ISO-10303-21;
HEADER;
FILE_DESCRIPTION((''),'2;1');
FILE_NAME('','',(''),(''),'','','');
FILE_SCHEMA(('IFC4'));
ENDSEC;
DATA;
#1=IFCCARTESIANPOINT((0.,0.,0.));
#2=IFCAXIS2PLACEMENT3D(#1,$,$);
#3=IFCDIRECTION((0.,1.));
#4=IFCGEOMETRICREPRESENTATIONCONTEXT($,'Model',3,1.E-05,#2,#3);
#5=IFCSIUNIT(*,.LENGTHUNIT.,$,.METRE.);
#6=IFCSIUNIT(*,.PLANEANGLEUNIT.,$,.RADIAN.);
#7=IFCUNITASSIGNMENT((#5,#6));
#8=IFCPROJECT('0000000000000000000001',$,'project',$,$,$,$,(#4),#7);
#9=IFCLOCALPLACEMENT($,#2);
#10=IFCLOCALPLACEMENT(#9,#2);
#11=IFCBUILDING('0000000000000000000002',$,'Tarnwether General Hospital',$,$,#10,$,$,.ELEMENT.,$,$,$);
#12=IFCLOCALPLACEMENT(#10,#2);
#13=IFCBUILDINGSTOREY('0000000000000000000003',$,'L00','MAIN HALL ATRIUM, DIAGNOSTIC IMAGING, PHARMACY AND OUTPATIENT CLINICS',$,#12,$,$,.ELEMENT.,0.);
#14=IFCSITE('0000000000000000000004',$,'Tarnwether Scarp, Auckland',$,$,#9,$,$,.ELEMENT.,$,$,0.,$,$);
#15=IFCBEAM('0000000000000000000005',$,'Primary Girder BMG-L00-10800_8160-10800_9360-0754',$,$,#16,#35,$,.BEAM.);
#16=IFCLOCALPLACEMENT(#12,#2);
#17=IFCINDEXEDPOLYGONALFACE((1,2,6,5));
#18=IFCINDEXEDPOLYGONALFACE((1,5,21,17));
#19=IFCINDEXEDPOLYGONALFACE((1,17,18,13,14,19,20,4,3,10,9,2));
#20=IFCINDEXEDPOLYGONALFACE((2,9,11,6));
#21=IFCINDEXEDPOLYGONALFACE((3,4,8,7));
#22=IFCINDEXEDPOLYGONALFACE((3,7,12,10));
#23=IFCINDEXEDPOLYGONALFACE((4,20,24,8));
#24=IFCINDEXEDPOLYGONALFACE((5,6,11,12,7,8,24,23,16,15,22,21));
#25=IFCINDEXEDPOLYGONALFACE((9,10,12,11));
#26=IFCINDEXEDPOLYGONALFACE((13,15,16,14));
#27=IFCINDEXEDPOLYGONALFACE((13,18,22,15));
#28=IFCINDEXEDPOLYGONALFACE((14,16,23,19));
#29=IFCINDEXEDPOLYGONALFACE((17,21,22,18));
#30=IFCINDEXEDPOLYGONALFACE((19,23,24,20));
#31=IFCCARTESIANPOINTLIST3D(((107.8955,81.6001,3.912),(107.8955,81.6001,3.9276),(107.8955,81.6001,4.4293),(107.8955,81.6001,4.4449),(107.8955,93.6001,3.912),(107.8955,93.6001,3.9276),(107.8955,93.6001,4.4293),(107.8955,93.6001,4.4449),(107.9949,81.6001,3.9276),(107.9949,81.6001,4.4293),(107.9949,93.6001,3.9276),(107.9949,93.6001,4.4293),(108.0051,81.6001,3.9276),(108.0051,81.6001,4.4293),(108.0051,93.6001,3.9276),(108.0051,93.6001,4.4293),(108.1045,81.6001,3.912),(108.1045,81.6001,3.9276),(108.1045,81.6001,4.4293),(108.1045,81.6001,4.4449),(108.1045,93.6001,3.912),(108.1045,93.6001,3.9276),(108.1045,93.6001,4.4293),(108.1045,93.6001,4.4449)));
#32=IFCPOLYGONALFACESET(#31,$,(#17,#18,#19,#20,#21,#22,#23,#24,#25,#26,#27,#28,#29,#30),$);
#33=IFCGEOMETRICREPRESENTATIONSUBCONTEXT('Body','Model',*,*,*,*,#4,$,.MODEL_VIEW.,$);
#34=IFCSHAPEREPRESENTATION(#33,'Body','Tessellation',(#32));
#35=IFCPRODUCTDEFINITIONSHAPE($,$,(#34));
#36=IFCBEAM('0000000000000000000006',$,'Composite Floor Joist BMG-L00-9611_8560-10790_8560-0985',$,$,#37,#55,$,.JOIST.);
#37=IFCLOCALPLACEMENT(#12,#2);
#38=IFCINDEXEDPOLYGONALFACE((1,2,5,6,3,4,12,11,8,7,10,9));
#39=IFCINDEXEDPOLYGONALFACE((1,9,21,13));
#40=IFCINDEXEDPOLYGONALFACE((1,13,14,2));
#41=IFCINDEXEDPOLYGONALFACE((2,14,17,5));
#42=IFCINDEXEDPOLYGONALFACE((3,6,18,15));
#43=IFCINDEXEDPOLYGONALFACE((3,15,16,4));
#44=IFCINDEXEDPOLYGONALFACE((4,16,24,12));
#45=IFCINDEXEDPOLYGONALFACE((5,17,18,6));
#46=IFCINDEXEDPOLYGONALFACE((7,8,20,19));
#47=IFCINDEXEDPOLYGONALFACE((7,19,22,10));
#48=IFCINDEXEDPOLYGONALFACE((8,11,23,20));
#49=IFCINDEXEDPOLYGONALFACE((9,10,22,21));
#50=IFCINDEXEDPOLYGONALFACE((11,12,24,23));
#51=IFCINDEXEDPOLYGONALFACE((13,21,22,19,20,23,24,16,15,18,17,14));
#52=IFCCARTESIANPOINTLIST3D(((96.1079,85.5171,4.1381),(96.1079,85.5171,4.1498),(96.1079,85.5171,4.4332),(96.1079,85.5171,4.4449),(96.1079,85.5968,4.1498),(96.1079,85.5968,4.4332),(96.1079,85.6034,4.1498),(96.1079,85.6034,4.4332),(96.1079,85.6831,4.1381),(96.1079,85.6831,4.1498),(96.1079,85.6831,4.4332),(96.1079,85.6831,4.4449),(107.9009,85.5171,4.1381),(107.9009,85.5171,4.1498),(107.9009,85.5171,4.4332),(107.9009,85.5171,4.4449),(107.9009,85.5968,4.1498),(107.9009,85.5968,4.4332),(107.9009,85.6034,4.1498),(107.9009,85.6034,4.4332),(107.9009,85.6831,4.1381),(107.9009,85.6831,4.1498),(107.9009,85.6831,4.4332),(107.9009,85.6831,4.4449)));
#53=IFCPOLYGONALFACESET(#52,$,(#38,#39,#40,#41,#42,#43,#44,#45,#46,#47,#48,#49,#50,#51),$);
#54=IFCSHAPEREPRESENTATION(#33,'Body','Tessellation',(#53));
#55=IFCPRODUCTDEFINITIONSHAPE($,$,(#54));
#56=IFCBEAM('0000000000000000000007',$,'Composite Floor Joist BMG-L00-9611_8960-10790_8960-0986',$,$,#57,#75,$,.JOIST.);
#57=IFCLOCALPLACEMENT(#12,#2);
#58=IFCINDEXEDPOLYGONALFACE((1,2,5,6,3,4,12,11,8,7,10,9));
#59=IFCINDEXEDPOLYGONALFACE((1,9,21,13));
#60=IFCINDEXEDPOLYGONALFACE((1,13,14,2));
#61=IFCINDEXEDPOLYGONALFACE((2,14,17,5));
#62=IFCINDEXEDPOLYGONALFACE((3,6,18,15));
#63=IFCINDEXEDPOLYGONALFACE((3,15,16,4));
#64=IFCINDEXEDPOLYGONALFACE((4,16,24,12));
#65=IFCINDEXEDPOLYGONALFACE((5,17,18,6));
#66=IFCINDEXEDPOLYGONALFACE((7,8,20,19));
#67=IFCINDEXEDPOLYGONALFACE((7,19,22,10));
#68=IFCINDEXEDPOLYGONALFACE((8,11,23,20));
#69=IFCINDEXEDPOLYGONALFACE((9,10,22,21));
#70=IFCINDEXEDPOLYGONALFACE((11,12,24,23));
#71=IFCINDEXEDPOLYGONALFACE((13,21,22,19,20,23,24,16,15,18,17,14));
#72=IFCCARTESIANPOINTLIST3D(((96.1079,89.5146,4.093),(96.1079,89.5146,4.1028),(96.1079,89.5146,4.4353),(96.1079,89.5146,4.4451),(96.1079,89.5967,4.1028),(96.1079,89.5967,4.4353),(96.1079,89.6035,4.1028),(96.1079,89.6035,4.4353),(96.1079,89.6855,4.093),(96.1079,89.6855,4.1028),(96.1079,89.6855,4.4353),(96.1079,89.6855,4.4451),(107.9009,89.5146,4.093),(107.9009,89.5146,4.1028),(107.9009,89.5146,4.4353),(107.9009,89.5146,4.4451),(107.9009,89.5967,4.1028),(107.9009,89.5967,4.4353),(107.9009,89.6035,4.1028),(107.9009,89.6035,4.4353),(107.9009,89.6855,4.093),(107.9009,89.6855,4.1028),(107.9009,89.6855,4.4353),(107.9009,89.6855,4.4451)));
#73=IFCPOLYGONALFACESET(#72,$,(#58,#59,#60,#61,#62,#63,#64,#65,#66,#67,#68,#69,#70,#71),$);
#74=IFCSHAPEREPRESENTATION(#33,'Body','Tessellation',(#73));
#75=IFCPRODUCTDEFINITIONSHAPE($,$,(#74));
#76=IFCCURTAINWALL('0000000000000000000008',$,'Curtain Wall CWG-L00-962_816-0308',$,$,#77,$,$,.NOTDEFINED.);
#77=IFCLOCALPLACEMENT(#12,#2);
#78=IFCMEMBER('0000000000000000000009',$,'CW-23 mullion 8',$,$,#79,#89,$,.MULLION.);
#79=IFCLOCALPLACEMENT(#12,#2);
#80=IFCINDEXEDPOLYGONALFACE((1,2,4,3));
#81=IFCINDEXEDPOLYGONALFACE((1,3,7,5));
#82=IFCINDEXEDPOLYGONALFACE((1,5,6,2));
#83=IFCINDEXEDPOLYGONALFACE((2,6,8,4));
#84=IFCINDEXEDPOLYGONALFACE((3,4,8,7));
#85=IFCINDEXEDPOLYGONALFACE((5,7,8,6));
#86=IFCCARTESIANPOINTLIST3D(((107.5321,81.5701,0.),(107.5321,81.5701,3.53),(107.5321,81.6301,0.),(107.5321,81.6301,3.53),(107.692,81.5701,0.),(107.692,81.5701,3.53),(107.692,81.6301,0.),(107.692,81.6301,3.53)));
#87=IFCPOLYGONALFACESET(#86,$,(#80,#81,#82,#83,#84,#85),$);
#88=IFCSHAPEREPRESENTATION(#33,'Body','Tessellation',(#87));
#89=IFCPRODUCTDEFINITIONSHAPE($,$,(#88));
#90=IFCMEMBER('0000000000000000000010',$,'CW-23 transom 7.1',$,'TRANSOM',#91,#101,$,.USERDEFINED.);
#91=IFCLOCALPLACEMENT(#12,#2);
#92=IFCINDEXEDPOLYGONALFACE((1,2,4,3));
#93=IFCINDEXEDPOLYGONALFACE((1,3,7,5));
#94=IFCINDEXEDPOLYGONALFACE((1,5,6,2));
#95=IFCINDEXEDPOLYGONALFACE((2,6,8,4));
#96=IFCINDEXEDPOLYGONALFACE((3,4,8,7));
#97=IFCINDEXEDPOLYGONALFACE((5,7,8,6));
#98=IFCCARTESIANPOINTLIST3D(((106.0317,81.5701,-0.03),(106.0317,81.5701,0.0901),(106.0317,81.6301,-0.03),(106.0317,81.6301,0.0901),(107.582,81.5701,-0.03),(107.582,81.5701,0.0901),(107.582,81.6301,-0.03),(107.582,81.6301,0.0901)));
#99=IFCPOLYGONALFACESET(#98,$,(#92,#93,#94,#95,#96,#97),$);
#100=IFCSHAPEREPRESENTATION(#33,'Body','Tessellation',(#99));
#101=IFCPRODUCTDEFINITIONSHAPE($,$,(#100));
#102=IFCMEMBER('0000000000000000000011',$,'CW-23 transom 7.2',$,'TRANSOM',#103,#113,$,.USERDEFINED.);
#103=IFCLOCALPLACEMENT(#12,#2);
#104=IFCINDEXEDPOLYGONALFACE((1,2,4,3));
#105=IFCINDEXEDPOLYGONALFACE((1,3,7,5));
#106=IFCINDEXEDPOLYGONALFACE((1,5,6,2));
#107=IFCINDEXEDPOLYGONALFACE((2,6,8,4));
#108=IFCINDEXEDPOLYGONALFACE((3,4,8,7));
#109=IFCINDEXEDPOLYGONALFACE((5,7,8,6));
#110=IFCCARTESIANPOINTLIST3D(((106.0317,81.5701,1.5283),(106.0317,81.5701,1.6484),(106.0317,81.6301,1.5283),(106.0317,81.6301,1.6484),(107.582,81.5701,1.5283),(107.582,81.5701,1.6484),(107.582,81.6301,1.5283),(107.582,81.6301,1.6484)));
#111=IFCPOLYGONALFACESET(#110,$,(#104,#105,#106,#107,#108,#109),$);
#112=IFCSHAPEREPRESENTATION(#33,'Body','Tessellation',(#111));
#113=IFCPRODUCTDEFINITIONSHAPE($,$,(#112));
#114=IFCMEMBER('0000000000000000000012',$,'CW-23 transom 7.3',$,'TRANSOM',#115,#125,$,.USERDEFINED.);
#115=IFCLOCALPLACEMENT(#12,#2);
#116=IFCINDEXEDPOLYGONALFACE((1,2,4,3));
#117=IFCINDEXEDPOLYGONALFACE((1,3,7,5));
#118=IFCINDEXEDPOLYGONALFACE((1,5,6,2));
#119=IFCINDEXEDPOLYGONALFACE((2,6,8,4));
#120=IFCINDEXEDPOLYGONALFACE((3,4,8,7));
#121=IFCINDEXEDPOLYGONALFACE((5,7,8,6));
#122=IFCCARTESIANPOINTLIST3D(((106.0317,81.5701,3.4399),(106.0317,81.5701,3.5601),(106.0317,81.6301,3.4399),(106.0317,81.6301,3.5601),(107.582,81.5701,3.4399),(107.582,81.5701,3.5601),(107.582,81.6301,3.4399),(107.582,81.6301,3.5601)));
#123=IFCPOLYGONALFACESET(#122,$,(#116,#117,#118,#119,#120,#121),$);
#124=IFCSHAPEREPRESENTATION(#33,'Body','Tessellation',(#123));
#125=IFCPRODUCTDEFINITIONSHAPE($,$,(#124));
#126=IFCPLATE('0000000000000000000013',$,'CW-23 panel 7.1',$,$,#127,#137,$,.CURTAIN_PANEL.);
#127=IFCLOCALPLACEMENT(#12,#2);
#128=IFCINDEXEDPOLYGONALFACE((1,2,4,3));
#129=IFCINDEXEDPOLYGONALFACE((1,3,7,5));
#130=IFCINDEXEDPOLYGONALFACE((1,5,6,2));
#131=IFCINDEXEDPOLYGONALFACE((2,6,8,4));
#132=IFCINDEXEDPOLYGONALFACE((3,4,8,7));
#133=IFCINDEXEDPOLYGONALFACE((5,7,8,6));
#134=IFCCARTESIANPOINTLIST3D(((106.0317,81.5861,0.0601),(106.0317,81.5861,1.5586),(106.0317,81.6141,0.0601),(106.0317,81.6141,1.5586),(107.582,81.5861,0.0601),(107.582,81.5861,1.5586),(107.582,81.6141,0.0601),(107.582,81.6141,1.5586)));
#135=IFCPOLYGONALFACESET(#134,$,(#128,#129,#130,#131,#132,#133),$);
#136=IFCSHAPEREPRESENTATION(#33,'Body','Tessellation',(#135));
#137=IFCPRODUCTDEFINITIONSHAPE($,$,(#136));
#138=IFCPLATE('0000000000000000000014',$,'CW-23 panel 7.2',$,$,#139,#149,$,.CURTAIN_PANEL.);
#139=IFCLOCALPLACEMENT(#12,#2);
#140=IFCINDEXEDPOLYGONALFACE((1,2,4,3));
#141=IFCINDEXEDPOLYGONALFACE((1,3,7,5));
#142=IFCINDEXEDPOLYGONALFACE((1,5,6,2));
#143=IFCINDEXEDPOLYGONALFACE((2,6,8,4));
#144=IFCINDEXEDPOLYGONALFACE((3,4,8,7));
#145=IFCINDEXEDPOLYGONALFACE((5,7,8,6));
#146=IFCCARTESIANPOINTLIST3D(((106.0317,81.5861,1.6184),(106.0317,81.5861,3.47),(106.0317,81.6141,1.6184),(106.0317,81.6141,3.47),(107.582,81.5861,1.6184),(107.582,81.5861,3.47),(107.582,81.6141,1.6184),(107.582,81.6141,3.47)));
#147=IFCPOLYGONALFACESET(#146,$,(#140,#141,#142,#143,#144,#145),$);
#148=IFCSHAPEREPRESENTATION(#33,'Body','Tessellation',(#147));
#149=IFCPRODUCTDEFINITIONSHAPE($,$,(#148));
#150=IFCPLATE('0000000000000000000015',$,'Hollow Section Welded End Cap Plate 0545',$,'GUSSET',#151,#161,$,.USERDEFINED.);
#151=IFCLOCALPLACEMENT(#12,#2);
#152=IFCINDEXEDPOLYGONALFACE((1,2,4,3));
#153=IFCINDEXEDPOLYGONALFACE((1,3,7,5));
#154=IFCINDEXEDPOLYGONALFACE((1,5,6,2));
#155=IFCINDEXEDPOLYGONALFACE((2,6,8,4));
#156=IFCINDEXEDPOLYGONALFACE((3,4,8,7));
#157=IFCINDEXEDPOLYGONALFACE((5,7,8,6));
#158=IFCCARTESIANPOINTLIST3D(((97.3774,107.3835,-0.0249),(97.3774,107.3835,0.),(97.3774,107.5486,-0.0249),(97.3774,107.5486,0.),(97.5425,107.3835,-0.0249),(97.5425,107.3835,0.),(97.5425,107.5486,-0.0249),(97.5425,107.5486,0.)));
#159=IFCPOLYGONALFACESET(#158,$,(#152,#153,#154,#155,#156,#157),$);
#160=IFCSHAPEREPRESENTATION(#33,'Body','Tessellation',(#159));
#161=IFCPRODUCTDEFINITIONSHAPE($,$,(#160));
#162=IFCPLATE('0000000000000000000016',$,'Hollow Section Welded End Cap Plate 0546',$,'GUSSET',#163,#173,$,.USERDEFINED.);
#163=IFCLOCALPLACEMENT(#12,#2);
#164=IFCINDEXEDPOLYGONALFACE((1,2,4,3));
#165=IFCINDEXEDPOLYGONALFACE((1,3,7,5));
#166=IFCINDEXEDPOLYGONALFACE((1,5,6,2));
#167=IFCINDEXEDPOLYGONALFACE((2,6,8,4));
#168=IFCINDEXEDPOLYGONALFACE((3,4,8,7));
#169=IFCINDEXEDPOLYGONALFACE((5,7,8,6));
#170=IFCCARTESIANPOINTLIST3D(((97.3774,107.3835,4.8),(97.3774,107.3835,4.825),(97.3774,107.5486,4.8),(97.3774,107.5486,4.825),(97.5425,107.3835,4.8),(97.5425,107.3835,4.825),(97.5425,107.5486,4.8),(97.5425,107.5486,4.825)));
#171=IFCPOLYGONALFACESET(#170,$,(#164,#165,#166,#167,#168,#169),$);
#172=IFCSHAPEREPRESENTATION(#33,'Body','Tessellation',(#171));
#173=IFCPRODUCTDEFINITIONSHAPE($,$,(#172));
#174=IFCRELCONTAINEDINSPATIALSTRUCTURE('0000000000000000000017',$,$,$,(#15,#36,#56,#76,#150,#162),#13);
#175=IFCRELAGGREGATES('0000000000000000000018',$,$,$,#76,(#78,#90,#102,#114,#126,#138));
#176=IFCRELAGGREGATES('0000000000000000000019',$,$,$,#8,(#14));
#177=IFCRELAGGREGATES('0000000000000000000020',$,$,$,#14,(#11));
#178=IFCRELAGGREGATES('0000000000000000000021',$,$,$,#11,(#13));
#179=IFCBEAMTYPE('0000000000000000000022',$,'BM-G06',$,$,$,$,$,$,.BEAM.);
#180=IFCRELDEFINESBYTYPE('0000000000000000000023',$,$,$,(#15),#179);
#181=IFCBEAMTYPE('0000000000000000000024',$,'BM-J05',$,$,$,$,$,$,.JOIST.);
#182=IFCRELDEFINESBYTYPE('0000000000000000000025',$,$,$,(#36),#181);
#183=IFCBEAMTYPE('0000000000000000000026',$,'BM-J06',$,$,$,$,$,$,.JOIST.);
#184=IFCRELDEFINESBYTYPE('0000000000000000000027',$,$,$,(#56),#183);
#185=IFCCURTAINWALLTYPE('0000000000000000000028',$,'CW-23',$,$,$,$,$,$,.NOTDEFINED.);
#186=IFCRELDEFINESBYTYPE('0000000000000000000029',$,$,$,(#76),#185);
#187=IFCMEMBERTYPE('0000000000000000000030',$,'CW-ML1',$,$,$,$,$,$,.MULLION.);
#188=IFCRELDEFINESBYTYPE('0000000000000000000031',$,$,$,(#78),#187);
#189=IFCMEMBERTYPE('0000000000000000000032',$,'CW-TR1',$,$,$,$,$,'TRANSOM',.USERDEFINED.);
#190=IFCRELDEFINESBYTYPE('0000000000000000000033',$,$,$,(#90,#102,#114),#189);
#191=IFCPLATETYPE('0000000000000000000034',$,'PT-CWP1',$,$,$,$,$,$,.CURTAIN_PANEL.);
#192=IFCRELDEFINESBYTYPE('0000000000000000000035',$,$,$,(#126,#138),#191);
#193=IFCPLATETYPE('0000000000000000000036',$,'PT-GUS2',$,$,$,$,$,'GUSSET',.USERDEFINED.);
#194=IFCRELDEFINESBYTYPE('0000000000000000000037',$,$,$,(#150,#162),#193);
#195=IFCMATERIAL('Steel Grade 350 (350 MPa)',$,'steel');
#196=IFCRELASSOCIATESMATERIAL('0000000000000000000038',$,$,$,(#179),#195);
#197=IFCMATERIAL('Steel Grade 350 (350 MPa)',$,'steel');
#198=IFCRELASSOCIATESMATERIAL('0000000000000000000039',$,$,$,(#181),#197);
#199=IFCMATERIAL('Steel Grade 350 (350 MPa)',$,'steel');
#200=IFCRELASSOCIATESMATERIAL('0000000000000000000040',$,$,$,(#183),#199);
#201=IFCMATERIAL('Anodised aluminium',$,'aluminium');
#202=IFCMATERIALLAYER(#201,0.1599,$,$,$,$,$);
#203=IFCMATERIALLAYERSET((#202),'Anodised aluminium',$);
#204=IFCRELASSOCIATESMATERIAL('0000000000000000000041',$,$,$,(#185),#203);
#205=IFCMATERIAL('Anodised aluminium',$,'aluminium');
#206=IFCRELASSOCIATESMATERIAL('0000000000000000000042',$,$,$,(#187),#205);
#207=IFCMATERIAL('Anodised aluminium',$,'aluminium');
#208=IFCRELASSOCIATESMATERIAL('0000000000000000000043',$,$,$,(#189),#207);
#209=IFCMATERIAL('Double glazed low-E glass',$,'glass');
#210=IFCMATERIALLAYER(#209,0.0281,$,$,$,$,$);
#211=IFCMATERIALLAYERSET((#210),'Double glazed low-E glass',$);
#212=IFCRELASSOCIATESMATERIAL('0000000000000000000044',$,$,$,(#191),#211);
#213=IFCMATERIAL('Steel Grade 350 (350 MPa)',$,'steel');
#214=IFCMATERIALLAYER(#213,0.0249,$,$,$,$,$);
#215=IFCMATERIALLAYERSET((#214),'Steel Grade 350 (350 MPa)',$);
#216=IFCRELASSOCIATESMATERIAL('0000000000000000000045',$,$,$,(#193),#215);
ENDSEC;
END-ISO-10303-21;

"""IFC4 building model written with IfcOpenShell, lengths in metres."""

from ifc_helpers import new_model, si_unit, direction, frame, origin, origin_2d, place, context, subcontext, project, spatial, rectangle, i_section, extrude, material, layer, layer_set, material_profile, profile_set, type_object, element, aggregate, save


model = new_model("IFC4")

# Units and contexts
model_context = context("Model", 3, precision=1e-05, world=origin(), true_north=direction((0.0, 1.0)))
body_context = subcontext(model_context, "Body", "Model", "MODEL_VIEW")
ifc_project = project(units=[si_unit("LENGTHUNIT", "METRE"), si_unit("PLANEANGLEUNIT", "RADIAN")], contexts=[model_context])

# Site, building, storey
site_placement = place(None, origin())
site = spatial("IfcSite", under=ifc_project, at=site_placement, Name="Tarnwether Scarp, Auckland", CompositionType="ELEMENT", RefElevation=0.0)
building_placement = place(site_placement, origin())
building = spatial("IfcBuilding", under=site, at=building_placement, Name="Tarnwether General Hospital", CompositionType="ELEMENT")
storey_placement = place(building_placement, origin())
storey = spatial("IfcBuildingStorey", under=building, at=storey_placement, Name="L00", Description="MAIN HALL ATRIUM, DIAGNOSTIC IMAGING, PHARMACY AND OUTPATIENT CLINICS", CompositionType="ELEMENT", Elevation=0.0)

# Beams
ifc_material_1 = material(Name="Steel Grade 350 (350 MPa)", Category="steel")
ifc_material_profile_1 = material_profile(ifc_material_1, i_section(OverallWidth=0.209, OverallDepth=0.533, WebThickness=0.0103, FlangeThickness=0.0156, at=origin_2d()), Name="530UB92.4")
ifc_profile_set_1 = profile_set([ifc_material_profile_1], Name="Steel Grade 350 (350 MPa)")
beam_type_1 = type_object("IfcBeamType", Name="BM-G06", PredefinedType="BEAM", material=ifc_profile_set_1)
beam_1_placement = place(storey_placement, frame((108.0, 81.6001, 4.1785), z_axis=(0.0, 1.0, 0.0), x_axis=(-1.0, 0.0, 0.0)))
element("IfcBeam", 1, at=beam_1_placement, inside=storey, type_object=beam_type_1, Name="Primary Girder BMG-L00-10800_8160-10800_9360-0754", PredefinedType="BEAM", context=body_context, shape_type="SweptSolid", body=[
    extrude(i_section(OverallWidth=0.209, OverallDepth=0.533, WebThickness=0.0103, FlangeThickness=0.0156, at=origin_2d()), origin(), (0.0, 0.0, 1.0), 12.0),
])
ifc_material_2 = material(Name="Steel Grade 350 (350 MPa)", Category="steel")
ifc_material_profile_2 = material_profile(ifc_material_2, i_section(OverallWidth=0.166, OverallDepth=0.3069, WebThickness=0.0066, FlangeThickness=0.0117, at=origin_2d()), Name="310UB46.2")
ifc_profile_set_2 = profile_set([ifc_material_profile_2], Name="Steel Grade 350 (350 MPa)")
beam_type_2 = type_object("IfcBeamType", Name="BM-J05", PredefinedType="JOIST", material=ifc_profile_set_2)
beam_2_placement = place(storey_placement, frame((96.1079, 85.6001, 4.2915), z_axis=(1.0, 0.0, 0.0), x_axis=(0.0, 1.0, 0.0)))
element("IfcBeam", 2, at=beam_2_placement, inside=storey, type_object=beam_type_2, Name="Composite Floor Joist BMG-L00-9611_8560-10790_8560-0985", PredefinedType="JOIST", context=body_context, shape_type="SweptSolid", body=[
    extrude(i_section(OverallWidth=0.166, OverallDepth=0.3069, WebThickness=0.0066, FlangeThickness=0.0117, at=origin_2d()), origin(), (0.0, 0.0, 1.0), 11.793),
])
ifc_material_3 = material(Name="Steel Grade 350 (350 MPa)", Category="steel")
ifc_material_profile_3 = material_profile(ifc_material_3, i_section(OverallWidth=0.1709, OverallDepth=0.3521, WebThickness=0.0068, FlangeThickness=0.0098, at=origin_2d()), Name="360UB44.7")
ifc_profile_set_3 = profile_set([ifc_material_profile_3], Name="Steel Grade 350 (350 MPa)")
beam_type_3 = type_object("IfcBeamType", Name="BM-J06", PredefinedType="JOIST", material=ifc_profile_set_3)
beam_3_placement = place(storey_placement, frame((96.1079, 89.6001, 4.269), z_axis=(1.0, 0.0, 0.0), x_axis=(0.0, 1.0, 0.0)))
element("IfcBeam", 3, at=beam_3_placement, inside=storey, type_object=beam_type_3, Name="Composite Floor Joist BMG-L00-9611_8960-10790_8960-0986", PredefinedType="JOIST", context=body_context, shape_type="SweptSolid", body=[
    extrude(i_section(OverallWidth=0.1709, OverallDepth=0.3521, WebThickness=0.0068, FlangeThickness=0.0098, at=origin_2d()), origin(), (0.0, 0.0, 1.0), 11.793),
])

# Curtain wall, members, plates
ifc_material_4 = material(Name="Anodised aluminium", Category="aluminium")
ifc_layer_1 = layer(ifc_material_4, 0.1599)
ifc_layer_set_1 = layer_set([ifc_layer_1], Name="Anodised aluminium")
curtain_wall_type = type_object("IfcCurtainWallType", Name="CW-23", PredefinedType="NOTDEFINED", material=ifc_layer_set_1)
curtain_wall_placement = place(storey_placement, origin())
curtain_wall = element("IfcCurtainWall", 4, at=curtain_wall_placement, inside=storey, type_object=curtain_wall_type, Name="Curtain Wall CWG-L00-962_816-0308", PredefinedType="NOTDEFINED")
ifc_material_5 = material(Name="Anodised aluminium", Category="aluminium")
ifc_material_profile_4 = material_profile(ifc_material_5, rectangle(XDim=0.0601, YDim=0.1599, at=origin_2d()), Name="ALU-MUL-60x160")
ifc_profile_set_4 = profile_set([ifc_material_profile_4], Name="Anodised aluminium")
member_type_1 = type_object("IfcMemberType", Name="CW-ML1", PredefinedType="MULLION", material=ifc_profile_set_4)
member_1_placement = place(storey_placement, frame((107.6121, 81.6001, 0.0), z_axis=(0.0, 0.0, 1.0), x_axis=(0.0, 1.0, 0.0)))
member_1 = element("IfcMember", 5, at=member_1_placement, type_object=member_type_1, Name="CW-23 mullion 8", PredefinedType="MULLION", context=body_context, shape_type="SweptSolid", body=[
    extrude(rectangle(XDim=0.0601, YDim=0.1599, at=origin_2d()), origin(), (0.0, 0.0, 1.0), 3.53),
])
ifc_material_6 = material(Name="Anodised aluminium", Category="aluminium")
ifc_material_profile_5 = material_profile(ifc_material_6, rectangle(XDim=0.0601, YDim=0.1201, at=origin_2d()), Name="ALU-TRN-60x120")
ifc_profile_set_5 = profile_set([ifc_material_profile_5], Name="Anodised aluminium")
member_type_2 = type_object("IfcMemberType", Name="CW-TR1", ElementType="TRANSOM", PredefinedType="USERDEFINED", material=ifc_profile_set_5)
member_2_placement = place(storey_placement, frame((106.0317, 81.6001, 0.03), z_axis=(1.0, 0.0, 0.0), x_axis=(0.0, 1.0, 0.0)))
member_2 = element("IfcMember", 6, at=member_2_placement, type_object=member_type_2, Name="CW-23 transom 7.1", ObjectType="TRANSOM", PredefinedType="USERDEFINED", context=body_context, shape_type="SweptSolid", body=[
    extrude(rectangle(XDim=0.0601, YDim=0.1201, at=origin_2d()), origin(), (0.0, 0.0, 1.0), 1.5503),
])
member_3_placement = place(storey_placement, frame((106.0317, 81.6001, 1.5884), z_axis=(1.0, 0.0, 0.0), x_axis=(0.0, 1.0, 0.0)))
member_3 = element("IfcMember", 7, at=member_3_placement, type_object=member_type_2, Name="CW-23 transom 7.2", ObjectType="TRANSOM", PredefinedType="USERDEFINED", context=body_context, shape_type="SweptSolid", body=[
    extrude(rectangle(XDim=0.0601, YDim=0.1201, at=origin_2d()), origin(), (0.0, 0.0, 1.0), 1.5503),
])
member_4_placement = place(storey_placement, frame((106.0317, 81.6001, 3.5), z_axis=(1.0, 0.0, 0.0), x_axis=(0.0, 1.0, 0.0)))
member_4 = element("IfcMember", 8, at=member_4_placement, type_object=member_type_2, Name="CW-23 transom 7.3", ObjectType="TRANSOM", PredefinedType="USERDEFINED", context=body_context, shape_type="SweptSolid", body=[
    extrude(rectangle(XDim=0.0601, YDim=0.1201, at=origin_2d()), origin(), (0.0, 0.0, 1.0), 1.5503),
])
ifc_material_7 = material(Name="Double glazed low-E glass", Category="glass")
ifc_layer_2 = layer(ifc_material_7, 0.0281)
ifc_layer_set_2 = layer_set([ifc_layer_2], Name="Double glazed low-E glass")
plate_type_1 = type_object("IfcPlateType", Name="PT-CWP1", PredefinedType="CURTAIN_PANEL", material=ifc_layer_set_2)
plate_1_placement = place(storey_placement, frame((106.8069, 81.6001, 0.0601), z_axis=(0.0, 0.0, 1.0), x_axis=(1.0, 0.0, 0.0)))
plate_1 = element("IfcPlate", 9, at=plate_1_placement, type_object=plate_type_1, Name="CW-23 panel 7.1", PredefinedType="CURTAIN_PANEL", context=body_context, shape_type="SweptSolid", body=[
    extrude(rectangle(XDim=1.5503, YDim=0.0281, at=origin_2d()), origin(), (0.0, 0.0, 1.0), 1.4985),
])
plate_2_placement = place(storey_placement, frame((106.8069, 81.6001, 1.6184), z_axis=(0.0, 0.0, 1.0), x_axis=(1.0, 0.0, 0.0)))
plate_2 = element("IfcPlate", 10, at=plate_2_placement, type_object=plate_type_1, Name="CW-23 panel 7.2", PredefinedType="CURTAIN_PANEL", context=body_context, shape_type="SweptSolid", body=[
    extrude(rectangle(XDim=1.5503, YDim=0.0281, at=origin_2d()), origin(), (0.0, 0.0, 1.0), 1.8516),
])
aggregate(curtain_wall, [member_1, member_2, member_3, member_4, plate_1, plate_2])

# Plates
ifc_material_8 = material(Name="Steel Grade 350 (350 MPa)", Category="steel")
ifc_layer_3 = layer(ifc_material_8, 0.0249)
ifc_layer_set_3 = layer_set([ifc_layer_3], Name="Steel Grade 350 (350 MPa)")
plate_type_2 = type_object("IfcPlateType", Name="PT-GUS2", ElementType="GUSSET", PredefinedType="USERDEFINED", material=ifc_layer_set_3)
for number, where, z_axis, x_axis, name in (
    (11, (97.46, 107.4661, -0.0249), (0.0, 0.0, 1.0), (1.0, 0.0, 0.0), "Hollow Section Welded End Cap Plate 0545"),
    (12, (97.46, 107.4661, 4.8), (0.0, 0.0, 1.0), (1.0, 0.0, 0.0), "Hollow Section Welded End Cap Plate 0546"),
):
    element("IfcPlate", number, at=place(storey_placement, frame(where, z_axis=z_axis, x_axis=x_axis)), inside=storey, type_object=plate_type_2, Name=name, ObjectType="GUSSET", PredefinedType="USERDEFINED", context=body_context, shape_type="SweptSolid", body=[
        extrude(rectangle(XDim=0.165, YDim=0.165, at=origin_2d()), origin(), (0.0, 0.0, 1.0), 0.0249),
    ])

save(model, "model.ifc")
